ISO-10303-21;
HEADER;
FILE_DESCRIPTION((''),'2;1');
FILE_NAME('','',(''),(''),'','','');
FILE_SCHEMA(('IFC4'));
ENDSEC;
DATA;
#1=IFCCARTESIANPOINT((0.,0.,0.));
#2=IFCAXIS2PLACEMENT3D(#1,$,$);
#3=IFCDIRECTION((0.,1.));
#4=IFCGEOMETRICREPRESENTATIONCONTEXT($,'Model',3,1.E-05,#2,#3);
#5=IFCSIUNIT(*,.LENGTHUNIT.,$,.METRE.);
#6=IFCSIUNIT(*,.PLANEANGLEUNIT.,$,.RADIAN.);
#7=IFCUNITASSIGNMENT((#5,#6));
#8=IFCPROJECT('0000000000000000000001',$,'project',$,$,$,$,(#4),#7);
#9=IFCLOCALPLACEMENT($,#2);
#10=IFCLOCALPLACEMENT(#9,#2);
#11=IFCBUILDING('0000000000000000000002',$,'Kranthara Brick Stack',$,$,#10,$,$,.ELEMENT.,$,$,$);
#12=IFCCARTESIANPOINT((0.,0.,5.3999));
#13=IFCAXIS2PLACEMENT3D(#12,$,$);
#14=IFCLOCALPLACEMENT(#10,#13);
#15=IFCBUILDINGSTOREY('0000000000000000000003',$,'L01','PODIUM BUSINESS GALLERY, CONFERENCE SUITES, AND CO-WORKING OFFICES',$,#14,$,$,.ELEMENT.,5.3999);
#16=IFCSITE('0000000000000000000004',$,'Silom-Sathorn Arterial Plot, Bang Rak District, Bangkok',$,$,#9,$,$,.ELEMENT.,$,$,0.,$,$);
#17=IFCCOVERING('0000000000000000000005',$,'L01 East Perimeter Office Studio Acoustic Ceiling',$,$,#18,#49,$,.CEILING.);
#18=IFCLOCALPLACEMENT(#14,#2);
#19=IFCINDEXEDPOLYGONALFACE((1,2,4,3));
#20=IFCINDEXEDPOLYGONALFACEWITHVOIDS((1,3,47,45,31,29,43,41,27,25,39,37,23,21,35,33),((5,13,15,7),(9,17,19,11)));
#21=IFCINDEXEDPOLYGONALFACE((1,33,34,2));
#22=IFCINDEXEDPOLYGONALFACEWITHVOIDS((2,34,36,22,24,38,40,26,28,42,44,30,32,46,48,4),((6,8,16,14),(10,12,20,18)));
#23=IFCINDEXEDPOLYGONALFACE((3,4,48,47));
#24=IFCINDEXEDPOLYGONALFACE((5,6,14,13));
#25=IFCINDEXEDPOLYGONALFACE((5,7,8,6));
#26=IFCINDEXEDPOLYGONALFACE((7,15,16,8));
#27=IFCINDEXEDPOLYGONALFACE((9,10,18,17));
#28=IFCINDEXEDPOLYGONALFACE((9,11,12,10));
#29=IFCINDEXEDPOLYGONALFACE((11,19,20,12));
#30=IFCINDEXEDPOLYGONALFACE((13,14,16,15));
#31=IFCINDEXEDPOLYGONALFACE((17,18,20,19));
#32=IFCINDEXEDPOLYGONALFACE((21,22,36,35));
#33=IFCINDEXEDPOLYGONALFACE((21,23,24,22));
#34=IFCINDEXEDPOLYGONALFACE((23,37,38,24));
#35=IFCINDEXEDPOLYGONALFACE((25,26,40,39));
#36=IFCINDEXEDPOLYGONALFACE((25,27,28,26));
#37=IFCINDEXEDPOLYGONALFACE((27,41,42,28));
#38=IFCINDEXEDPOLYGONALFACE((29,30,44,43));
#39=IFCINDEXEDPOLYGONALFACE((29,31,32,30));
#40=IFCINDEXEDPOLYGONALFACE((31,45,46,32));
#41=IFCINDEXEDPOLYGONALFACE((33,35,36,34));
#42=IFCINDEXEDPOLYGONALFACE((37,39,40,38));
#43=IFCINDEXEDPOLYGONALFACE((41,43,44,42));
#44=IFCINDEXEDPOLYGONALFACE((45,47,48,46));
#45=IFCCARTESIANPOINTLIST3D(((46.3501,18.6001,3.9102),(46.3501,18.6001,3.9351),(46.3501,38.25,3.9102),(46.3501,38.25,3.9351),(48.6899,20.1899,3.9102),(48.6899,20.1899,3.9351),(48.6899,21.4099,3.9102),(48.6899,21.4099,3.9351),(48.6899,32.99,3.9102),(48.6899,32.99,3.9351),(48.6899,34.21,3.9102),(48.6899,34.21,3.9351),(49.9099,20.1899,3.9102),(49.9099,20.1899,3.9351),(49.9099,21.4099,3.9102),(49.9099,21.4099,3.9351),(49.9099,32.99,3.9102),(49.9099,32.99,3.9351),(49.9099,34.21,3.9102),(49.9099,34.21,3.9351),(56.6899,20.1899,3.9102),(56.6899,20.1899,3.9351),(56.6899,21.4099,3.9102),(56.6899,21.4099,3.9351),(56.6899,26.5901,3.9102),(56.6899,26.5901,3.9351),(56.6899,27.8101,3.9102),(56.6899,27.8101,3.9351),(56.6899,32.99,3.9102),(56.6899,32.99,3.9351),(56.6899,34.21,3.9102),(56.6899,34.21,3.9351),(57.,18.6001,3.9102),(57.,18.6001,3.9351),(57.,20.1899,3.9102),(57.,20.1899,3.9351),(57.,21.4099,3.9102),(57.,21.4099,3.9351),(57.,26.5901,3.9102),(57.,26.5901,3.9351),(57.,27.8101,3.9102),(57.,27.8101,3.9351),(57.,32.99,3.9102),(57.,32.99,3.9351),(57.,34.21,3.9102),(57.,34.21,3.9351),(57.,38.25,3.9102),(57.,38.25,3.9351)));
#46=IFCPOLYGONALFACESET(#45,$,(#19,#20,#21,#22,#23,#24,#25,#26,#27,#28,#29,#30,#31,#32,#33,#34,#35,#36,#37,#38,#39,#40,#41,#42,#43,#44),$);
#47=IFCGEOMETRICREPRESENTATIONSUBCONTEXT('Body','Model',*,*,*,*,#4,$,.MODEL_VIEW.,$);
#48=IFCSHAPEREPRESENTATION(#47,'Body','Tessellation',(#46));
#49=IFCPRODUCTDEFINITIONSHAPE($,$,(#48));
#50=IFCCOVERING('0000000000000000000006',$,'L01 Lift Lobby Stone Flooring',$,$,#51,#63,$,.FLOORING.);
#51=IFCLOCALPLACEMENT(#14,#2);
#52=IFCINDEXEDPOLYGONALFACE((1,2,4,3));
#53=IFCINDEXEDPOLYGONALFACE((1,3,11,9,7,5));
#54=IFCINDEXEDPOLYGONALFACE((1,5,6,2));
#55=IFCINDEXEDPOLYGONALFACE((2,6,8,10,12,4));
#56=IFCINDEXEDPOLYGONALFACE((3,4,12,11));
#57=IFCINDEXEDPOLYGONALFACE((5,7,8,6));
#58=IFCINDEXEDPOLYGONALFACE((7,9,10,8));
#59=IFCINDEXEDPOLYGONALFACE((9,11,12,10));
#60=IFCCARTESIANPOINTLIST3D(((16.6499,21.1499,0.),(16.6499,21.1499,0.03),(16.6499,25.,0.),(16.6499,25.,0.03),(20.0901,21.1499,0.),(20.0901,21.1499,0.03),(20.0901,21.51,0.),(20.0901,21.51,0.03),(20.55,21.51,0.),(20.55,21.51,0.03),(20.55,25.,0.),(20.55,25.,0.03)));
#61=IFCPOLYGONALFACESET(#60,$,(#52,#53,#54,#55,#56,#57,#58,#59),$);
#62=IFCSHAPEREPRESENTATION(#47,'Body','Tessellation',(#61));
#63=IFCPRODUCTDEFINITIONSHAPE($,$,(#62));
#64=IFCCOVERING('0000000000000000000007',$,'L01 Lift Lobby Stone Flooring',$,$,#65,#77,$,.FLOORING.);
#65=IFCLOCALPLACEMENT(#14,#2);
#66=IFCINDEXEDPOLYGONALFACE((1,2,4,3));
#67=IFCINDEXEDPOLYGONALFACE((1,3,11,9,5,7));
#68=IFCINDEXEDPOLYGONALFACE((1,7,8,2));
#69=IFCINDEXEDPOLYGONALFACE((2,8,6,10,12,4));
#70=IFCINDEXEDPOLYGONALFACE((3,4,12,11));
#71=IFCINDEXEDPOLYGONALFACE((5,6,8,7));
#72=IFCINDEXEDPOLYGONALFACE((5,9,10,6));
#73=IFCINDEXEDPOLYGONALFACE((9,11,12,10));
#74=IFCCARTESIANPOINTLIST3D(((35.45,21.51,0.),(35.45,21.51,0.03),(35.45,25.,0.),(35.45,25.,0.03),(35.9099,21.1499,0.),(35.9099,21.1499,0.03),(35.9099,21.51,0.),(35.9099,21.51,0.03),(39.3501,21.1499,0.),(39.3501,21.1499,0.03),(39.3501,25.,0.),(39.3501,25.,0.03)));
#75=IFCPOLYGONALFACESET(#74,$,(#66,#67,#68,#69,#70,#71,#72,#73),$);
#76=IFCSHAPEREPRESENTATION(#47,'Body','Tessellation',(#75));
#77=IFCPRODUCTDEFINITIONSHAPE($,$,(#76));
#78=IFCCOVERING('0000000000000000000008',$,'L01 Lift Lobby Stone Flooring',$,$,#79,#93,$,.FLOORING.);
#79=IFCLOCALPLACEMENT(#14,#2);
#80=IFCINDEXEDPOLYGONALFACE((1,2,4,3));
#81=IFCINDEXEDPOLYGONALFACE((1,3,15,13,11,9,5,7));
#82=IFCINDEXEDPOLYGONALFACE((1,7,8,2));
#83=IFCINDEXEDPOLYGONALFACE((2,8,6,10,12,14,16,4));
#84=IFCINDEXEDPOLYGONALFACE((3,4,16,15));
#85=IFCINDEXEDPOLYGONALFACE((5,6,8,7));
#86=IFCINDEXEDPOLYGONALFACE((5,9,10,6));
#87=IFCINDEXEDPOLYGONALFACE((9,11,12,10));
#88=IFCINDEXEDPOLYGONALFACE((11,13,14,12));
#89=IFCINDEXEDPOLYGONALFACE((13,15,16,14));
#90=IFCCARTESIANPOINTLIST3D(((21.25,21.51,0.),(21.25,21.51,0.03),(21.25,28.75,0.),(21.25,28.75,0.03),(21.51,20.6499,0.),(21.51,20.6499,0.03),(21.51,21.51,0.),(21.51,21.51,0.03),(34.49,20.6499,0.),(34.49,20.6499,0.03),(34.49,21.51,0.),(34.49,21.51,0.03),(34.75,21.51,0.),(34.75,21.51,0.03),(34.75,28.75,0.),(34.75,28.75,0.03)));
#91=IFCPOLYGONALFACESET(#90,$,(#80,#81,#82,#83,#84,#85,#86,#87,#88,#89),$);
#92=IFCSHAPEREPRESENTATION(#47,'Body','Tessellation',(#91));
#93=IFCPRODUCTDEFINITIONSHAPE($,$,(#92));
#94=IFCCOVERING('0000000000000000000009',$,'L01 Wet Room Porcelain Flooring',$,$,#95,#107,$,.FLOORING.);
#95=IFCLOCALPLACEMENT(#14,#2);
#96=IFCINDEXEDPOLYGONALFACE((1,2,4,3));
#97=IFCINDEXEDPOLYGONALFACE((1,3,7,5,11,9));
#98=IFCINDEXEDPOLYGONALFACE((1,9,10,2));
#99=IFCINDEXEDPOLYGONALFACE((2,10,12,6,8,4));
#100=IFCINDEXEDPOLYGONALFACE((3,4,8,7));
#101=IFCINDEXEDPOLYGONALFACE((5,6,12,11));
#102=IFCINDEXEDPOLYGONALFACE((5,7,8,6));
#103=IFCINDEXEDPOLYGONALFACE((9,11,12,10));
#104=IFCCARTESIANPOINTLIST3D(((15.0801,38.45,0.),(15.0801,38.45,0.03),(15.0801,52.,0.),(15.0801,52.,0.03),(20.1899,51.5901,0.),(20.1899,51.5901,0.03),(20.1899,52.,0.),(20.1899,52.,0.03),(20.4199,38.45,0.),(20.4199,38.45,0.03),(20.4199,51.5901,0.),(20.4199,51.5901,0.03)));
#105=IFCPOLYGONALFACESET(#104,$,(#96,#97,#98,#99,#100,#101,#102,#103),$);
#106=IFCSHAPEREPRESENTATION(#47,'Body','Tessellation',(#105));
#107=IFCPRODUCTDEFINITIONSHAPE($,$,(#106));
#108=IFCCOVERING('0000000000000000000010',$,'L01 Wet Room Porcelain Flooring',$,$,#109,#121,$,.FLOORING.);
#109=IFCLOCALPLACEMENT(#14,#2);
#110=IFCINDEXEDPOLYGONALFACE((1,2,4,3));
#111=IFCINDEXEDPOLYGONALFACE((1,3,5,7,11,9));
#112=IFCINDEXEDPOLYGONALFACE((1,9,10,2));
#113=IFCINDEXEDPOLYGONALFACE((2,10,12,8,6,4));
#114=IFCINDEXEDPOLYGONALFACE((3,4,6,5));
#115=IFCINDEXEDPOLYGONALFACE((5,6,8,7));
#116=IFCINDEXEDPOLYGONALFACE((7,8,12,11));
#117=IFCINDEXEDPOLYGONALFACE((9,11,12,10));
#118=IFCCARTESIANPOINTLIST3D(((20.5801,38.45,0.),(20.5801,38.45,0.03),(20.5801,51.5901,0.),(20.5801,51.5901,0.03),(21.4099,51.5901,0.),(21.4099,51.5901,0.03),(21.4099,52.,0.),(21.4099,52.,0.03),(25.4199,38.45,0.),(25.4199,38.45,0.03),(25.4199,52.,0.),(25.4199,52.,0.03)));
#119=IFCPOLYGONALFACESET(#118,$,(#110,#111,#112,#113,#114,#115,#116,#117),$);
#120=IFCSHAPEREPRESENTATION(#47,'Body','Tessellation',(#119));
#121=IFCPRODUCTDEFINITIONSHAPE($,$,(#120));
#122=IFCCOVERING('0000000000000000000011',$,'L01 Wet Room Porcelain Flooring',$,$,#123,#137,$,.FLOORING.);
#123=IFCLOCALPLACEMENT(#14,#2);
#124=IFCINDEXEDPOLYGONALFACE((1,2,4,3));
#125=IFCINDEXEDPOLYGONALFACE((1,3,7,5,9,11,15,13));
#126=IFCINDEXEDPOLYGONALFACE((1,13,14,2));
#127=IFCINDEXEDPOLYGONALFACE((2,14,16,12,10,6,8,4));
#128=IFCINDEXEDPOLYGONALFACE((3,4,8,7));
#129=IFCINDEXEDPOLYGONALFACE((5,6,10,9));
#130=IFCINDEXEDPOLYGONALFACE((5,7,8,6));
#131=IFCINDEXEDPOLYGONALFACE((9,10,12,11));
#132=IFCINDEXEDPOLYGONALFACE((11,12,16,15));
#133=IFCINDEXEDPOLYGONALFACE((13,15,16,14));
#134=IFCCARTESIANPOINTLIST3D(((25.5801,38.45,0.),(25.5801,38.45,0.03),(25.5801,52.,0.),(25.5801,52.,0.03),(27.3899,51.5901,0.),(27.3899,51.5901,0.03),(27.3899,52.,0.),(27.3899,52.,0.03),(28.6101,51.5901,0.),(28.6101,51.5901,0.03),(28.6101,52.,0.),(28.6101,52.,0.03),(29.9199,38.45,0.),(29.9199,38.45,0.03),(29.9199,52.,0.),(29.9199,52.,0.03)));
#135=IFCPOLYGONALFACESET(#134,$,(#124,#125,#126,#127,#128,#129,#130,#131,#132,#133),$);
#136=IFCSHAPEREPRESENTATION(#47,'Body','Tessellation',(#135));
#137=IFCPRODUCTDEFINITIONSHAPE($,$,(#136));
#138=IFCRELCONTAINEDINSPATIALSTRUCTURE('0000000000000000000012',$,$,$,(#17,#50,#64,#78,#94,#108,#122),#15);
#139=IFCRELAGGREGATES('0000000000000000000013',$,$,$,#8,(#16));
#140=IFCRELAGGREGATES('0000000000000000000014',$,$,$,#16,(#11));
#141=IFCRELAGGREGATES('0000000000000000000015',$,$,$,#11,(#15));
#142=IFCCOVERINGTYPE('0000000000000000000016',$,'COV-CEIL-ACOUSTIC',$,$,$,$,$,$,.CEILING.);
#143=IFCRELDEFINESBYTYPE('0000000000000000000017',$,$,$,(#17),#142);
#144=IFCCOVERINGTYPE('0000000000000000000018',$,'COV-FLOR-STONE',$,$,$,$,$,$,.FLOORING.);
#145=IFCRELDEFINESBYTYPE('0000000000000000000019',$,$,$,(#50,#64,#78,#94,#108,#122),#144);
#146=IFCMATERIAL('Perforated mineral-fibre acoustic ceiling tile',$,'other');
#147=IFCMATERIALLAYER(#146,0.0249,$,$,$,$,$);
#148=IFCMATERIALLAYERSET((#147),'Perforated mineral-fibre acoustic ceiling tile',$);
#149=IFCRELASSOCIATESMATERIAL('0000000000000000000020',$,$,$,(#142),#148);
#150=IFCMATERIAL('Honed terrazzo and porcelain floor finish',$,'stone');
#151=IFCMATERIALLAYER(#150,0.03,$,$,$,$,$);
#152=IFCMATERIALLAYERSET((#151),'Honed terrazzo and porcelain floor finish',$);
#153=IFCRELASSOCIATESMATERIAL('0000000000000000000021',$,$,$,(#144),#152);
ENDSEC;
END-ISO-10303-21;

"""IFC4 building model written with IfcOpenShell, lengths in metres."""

from ifc_helpers import new_model, si_unit, direction, frame, origin, place, context, subcontext, project, spatial, polyline, outline, extrude, material, layer, layer_set, type_object, element, save


model = new_model("IFC4")

# Units and contexts
model_context = context("Model", 3, precision=1e-05, world=origin(), true_north=direction((0.0, 1.0)))
body_context = subcontext(model_context, "Body", "Model", "MODEL_VIEW")
ifc_project = project(units=[si_unit("LENGTHUNIT", "METRE"), si_unit("PLANEANGLEUNIT", "RADIAN")], contexts=[model_context])

# Site, building, storey
site_placement = place(None, origin())
site = spatial("IfcSite", under=ifc_project, at=site_placement, Name="Silom-Sathorn Arterial Plot, Bang Rak District, Bangkok", CompositionType="ELEMENT", RefElevation=0.0)
building_placement = place(site_placement, origin())
building = spatial("IfcBuilding", under=site, at=building_placement, Name="Kranthara Brick Stack", CompositionType="ELEMENT")
storey_placement = place(building_placement, frame((0.0, 0.0, 5.3999)))
storey = spatial("IfcBuildingStorey", under=building, at=storey_placement, Name="L01", Description="PODIUM BUSINESS GALLERY, CONFERENCE SUITES, AND CO-WORKING OFFICES", CompositionType="ELEMENT", Elevation=5.3999)

# Coverings
ifc_material_1 = material(Name="Perforated mineral-fibre acoustic ceiling tile", Category="other")
ifc_layer_1 = layer(ifc_material_1, 0.0249)
ifc_layer_set_1 = layer_set([ifc_layer_1], Name="Perforated mineral-fibre acoustic ceiling tile")
covering_type_1 = type_object("IfcCoveringType", Name="COV-CEIL-ACOUSTIC", PredefinedType="CEILING", material=ifc_layer_set_1)
covering_1_placement = place(storey_placement, frame((0.0, 0.0, 3.9102)))
element("IfcCovering", 1, at=covering_1_placement, inside=storey, type_object=covering_type_1, Name="L01 East Perimeter Office Studio Acoustic Ceiling", PredefinedType="CEILING", context=body_context, shape_type="SweptSolid", body=[
    extrude(outline(polyline([(57.0, 34.21), (56.6899, 34.21), (56.6899, 32.99), (57.0, 32.99), (57.0, 27.8101), (56.6899, 27.8101), (56.6899, 26.5901), (57.0, 26.5901), (57.0, 21.4099), (56.6899, 21.4099), (56.6899, 20.1899), (57.0, 20.1899), (57.0, 18.6001), (46.3501, 18.6001), (46.3501, 38.25), (57.0, 38.25), (57.0, 34.21)]), holes=[polyline([(48.6899, 21.4099), (48.6899, 20.1899), (49.9099, 20.1899), (49.9099, 21.4099), (48.6899, 21.4099)]), polyline([(49.9099, 34.21), (48.6899, 34.21), (48.6899, 32.99), (49.9099, 32.99), (49.9099, 34.21)])]), origin(), (0.0, 0.0, 1.0), 0.0249),
])
ifc_material_2 = material(Name="Honed terrazzo and porcelain floor finish", Category="stone")
ifc_layer_2 = layer(ifc_material_2, 0.03)
ifc_layer_set_2 = layer_set([ifc_layer_2], Name="Honed terrazzo and porcelain floor finish")
covering_type_2 = type_object("IfcCoveringType", Name="COV-FLOR-STONE", PredefinedType="FLOORING", material=ifc_layer_set_2)
covering_2_placement = place(storey_placement, origin())
element("IfcCovering", 2, at=covering_2_placement, inside=storey, type_object=covering_type_2, Name="L01 Lift Lobby Stone Flooring", PredefinedType="FLOORING", context=body_context, shape_type="SweptSolid", body=[
    extrude(outline(polyline([(16.6499, 21.1499), (16.6499, 25.0), (20.55, 25.0), (20.55, 21.51), (20.0901, 21.51), (20.0901, 21.1499), (16.6499, 21.1499)])), origin(), (0.0, 0.0, 1.0), 0.03),
])
covering_3_placement = place(storey_placement, origin())
element("IfcCovering", 3, at=covering_3_placement, inside=storey, type_object=covering_type_2, Name="L01 Lift Lobby Stone Flooring", PredefinedType="FLOORING", context=body_context, shape_type="SweptSolid", body=[
    extrude(outline(polyline([(35.45, 25.0), (39.3501, 25.0), (39.3501, 21.1499), (35.9099, 21.1499), (35.9099, 21.51), (35.45, 21.51), (35.45, 25.0)])), origin(), (0.0, 0.0, 1.0), 0.03),
])
covering_4_placement = place(storey_placement, origin())
element("IfcCovering", 4, at=covering_4_placement, inside=storey, type_object=covering_type_2, Name="L01 Lift Lobby Stone Flooring", PredefinedType="FLOORING", context=body_context, shape_type="SweptSolid", body=[
    extrude(outline(polyline([(34.75, 21.51), (34.49, 21.51), (34.49, 20.6499), (21.51, 20.6499), (21.51, 21.51), (21.25, 21.51), (21.25, 28.75), (34.75, 28.75), (34.75, 21.51)])), origin(), (0.0, 0.0, 1.0), 0.03),
])
covering_5_placement = place(storey_placement, origin())
element("IfcCovering", 5, at=covering_5_placement, inside=storey, type_object=covering_type_2, Name="L01 Wet Room Porcelain Flooring", PredefinedType="FLOORING", context=body_context, shape_type="SweptSolid", body=[
    extrude(outline(polyline([(20.4199, 38.45), (15.0801, 38.45), (15.0801, 52.0), (20.1899, 52.0), (20.1899, 51.5901), (20.4199, 51.5901), (20.4199, 38.45)])), origin(), (0.0, 0.0, 1.0), 0.03),
])
covering_6_placement = place(storey_placement, origin())
element("IfcCovering", 6, at=covering_6_placement, inside=storey, type_object=covering_type_2, Name="L01 Wet Room Porcelain Flooring", PredefinedType="FLOORING", context=body_context, shape_type="SweptSolid", body=[
    extrude(outline(polyline([(25.4199, 52.0), (25.4199, 38.45), (20.5801, 38.45), (20.5801, 51.5901), (21.4099, 51.5901), (21.4099, 52.0), (25.4199, 52.0)])), origin(), (0.0, 0.0, 1.0), 0.03),
])
covering_7_placement = place(storey_placement, origin())
element("IfcCovering", 7, at=covering_7_placement, inside=storey, type_object=covering_type_2, Name="L01 Wet Room Porcelain Flooring", PredefinedType="FLOORING", context=body_context, shape_type="SweptSolid", body=[
    extrude(outline(polyline([(29.9199, 52.0), (29.9199, 38.45), (25.5801, 38.45), (25.5801, 52.0), (27.3899, 52.0), (27.3899, 51.5901), (28.6101, 51.5901), (28.6101, 52.0), (29.9199, 52.0)])), origin(), (0.0, 0.0, 1.0), 0.03),
])

save(model, "model.ifc")
